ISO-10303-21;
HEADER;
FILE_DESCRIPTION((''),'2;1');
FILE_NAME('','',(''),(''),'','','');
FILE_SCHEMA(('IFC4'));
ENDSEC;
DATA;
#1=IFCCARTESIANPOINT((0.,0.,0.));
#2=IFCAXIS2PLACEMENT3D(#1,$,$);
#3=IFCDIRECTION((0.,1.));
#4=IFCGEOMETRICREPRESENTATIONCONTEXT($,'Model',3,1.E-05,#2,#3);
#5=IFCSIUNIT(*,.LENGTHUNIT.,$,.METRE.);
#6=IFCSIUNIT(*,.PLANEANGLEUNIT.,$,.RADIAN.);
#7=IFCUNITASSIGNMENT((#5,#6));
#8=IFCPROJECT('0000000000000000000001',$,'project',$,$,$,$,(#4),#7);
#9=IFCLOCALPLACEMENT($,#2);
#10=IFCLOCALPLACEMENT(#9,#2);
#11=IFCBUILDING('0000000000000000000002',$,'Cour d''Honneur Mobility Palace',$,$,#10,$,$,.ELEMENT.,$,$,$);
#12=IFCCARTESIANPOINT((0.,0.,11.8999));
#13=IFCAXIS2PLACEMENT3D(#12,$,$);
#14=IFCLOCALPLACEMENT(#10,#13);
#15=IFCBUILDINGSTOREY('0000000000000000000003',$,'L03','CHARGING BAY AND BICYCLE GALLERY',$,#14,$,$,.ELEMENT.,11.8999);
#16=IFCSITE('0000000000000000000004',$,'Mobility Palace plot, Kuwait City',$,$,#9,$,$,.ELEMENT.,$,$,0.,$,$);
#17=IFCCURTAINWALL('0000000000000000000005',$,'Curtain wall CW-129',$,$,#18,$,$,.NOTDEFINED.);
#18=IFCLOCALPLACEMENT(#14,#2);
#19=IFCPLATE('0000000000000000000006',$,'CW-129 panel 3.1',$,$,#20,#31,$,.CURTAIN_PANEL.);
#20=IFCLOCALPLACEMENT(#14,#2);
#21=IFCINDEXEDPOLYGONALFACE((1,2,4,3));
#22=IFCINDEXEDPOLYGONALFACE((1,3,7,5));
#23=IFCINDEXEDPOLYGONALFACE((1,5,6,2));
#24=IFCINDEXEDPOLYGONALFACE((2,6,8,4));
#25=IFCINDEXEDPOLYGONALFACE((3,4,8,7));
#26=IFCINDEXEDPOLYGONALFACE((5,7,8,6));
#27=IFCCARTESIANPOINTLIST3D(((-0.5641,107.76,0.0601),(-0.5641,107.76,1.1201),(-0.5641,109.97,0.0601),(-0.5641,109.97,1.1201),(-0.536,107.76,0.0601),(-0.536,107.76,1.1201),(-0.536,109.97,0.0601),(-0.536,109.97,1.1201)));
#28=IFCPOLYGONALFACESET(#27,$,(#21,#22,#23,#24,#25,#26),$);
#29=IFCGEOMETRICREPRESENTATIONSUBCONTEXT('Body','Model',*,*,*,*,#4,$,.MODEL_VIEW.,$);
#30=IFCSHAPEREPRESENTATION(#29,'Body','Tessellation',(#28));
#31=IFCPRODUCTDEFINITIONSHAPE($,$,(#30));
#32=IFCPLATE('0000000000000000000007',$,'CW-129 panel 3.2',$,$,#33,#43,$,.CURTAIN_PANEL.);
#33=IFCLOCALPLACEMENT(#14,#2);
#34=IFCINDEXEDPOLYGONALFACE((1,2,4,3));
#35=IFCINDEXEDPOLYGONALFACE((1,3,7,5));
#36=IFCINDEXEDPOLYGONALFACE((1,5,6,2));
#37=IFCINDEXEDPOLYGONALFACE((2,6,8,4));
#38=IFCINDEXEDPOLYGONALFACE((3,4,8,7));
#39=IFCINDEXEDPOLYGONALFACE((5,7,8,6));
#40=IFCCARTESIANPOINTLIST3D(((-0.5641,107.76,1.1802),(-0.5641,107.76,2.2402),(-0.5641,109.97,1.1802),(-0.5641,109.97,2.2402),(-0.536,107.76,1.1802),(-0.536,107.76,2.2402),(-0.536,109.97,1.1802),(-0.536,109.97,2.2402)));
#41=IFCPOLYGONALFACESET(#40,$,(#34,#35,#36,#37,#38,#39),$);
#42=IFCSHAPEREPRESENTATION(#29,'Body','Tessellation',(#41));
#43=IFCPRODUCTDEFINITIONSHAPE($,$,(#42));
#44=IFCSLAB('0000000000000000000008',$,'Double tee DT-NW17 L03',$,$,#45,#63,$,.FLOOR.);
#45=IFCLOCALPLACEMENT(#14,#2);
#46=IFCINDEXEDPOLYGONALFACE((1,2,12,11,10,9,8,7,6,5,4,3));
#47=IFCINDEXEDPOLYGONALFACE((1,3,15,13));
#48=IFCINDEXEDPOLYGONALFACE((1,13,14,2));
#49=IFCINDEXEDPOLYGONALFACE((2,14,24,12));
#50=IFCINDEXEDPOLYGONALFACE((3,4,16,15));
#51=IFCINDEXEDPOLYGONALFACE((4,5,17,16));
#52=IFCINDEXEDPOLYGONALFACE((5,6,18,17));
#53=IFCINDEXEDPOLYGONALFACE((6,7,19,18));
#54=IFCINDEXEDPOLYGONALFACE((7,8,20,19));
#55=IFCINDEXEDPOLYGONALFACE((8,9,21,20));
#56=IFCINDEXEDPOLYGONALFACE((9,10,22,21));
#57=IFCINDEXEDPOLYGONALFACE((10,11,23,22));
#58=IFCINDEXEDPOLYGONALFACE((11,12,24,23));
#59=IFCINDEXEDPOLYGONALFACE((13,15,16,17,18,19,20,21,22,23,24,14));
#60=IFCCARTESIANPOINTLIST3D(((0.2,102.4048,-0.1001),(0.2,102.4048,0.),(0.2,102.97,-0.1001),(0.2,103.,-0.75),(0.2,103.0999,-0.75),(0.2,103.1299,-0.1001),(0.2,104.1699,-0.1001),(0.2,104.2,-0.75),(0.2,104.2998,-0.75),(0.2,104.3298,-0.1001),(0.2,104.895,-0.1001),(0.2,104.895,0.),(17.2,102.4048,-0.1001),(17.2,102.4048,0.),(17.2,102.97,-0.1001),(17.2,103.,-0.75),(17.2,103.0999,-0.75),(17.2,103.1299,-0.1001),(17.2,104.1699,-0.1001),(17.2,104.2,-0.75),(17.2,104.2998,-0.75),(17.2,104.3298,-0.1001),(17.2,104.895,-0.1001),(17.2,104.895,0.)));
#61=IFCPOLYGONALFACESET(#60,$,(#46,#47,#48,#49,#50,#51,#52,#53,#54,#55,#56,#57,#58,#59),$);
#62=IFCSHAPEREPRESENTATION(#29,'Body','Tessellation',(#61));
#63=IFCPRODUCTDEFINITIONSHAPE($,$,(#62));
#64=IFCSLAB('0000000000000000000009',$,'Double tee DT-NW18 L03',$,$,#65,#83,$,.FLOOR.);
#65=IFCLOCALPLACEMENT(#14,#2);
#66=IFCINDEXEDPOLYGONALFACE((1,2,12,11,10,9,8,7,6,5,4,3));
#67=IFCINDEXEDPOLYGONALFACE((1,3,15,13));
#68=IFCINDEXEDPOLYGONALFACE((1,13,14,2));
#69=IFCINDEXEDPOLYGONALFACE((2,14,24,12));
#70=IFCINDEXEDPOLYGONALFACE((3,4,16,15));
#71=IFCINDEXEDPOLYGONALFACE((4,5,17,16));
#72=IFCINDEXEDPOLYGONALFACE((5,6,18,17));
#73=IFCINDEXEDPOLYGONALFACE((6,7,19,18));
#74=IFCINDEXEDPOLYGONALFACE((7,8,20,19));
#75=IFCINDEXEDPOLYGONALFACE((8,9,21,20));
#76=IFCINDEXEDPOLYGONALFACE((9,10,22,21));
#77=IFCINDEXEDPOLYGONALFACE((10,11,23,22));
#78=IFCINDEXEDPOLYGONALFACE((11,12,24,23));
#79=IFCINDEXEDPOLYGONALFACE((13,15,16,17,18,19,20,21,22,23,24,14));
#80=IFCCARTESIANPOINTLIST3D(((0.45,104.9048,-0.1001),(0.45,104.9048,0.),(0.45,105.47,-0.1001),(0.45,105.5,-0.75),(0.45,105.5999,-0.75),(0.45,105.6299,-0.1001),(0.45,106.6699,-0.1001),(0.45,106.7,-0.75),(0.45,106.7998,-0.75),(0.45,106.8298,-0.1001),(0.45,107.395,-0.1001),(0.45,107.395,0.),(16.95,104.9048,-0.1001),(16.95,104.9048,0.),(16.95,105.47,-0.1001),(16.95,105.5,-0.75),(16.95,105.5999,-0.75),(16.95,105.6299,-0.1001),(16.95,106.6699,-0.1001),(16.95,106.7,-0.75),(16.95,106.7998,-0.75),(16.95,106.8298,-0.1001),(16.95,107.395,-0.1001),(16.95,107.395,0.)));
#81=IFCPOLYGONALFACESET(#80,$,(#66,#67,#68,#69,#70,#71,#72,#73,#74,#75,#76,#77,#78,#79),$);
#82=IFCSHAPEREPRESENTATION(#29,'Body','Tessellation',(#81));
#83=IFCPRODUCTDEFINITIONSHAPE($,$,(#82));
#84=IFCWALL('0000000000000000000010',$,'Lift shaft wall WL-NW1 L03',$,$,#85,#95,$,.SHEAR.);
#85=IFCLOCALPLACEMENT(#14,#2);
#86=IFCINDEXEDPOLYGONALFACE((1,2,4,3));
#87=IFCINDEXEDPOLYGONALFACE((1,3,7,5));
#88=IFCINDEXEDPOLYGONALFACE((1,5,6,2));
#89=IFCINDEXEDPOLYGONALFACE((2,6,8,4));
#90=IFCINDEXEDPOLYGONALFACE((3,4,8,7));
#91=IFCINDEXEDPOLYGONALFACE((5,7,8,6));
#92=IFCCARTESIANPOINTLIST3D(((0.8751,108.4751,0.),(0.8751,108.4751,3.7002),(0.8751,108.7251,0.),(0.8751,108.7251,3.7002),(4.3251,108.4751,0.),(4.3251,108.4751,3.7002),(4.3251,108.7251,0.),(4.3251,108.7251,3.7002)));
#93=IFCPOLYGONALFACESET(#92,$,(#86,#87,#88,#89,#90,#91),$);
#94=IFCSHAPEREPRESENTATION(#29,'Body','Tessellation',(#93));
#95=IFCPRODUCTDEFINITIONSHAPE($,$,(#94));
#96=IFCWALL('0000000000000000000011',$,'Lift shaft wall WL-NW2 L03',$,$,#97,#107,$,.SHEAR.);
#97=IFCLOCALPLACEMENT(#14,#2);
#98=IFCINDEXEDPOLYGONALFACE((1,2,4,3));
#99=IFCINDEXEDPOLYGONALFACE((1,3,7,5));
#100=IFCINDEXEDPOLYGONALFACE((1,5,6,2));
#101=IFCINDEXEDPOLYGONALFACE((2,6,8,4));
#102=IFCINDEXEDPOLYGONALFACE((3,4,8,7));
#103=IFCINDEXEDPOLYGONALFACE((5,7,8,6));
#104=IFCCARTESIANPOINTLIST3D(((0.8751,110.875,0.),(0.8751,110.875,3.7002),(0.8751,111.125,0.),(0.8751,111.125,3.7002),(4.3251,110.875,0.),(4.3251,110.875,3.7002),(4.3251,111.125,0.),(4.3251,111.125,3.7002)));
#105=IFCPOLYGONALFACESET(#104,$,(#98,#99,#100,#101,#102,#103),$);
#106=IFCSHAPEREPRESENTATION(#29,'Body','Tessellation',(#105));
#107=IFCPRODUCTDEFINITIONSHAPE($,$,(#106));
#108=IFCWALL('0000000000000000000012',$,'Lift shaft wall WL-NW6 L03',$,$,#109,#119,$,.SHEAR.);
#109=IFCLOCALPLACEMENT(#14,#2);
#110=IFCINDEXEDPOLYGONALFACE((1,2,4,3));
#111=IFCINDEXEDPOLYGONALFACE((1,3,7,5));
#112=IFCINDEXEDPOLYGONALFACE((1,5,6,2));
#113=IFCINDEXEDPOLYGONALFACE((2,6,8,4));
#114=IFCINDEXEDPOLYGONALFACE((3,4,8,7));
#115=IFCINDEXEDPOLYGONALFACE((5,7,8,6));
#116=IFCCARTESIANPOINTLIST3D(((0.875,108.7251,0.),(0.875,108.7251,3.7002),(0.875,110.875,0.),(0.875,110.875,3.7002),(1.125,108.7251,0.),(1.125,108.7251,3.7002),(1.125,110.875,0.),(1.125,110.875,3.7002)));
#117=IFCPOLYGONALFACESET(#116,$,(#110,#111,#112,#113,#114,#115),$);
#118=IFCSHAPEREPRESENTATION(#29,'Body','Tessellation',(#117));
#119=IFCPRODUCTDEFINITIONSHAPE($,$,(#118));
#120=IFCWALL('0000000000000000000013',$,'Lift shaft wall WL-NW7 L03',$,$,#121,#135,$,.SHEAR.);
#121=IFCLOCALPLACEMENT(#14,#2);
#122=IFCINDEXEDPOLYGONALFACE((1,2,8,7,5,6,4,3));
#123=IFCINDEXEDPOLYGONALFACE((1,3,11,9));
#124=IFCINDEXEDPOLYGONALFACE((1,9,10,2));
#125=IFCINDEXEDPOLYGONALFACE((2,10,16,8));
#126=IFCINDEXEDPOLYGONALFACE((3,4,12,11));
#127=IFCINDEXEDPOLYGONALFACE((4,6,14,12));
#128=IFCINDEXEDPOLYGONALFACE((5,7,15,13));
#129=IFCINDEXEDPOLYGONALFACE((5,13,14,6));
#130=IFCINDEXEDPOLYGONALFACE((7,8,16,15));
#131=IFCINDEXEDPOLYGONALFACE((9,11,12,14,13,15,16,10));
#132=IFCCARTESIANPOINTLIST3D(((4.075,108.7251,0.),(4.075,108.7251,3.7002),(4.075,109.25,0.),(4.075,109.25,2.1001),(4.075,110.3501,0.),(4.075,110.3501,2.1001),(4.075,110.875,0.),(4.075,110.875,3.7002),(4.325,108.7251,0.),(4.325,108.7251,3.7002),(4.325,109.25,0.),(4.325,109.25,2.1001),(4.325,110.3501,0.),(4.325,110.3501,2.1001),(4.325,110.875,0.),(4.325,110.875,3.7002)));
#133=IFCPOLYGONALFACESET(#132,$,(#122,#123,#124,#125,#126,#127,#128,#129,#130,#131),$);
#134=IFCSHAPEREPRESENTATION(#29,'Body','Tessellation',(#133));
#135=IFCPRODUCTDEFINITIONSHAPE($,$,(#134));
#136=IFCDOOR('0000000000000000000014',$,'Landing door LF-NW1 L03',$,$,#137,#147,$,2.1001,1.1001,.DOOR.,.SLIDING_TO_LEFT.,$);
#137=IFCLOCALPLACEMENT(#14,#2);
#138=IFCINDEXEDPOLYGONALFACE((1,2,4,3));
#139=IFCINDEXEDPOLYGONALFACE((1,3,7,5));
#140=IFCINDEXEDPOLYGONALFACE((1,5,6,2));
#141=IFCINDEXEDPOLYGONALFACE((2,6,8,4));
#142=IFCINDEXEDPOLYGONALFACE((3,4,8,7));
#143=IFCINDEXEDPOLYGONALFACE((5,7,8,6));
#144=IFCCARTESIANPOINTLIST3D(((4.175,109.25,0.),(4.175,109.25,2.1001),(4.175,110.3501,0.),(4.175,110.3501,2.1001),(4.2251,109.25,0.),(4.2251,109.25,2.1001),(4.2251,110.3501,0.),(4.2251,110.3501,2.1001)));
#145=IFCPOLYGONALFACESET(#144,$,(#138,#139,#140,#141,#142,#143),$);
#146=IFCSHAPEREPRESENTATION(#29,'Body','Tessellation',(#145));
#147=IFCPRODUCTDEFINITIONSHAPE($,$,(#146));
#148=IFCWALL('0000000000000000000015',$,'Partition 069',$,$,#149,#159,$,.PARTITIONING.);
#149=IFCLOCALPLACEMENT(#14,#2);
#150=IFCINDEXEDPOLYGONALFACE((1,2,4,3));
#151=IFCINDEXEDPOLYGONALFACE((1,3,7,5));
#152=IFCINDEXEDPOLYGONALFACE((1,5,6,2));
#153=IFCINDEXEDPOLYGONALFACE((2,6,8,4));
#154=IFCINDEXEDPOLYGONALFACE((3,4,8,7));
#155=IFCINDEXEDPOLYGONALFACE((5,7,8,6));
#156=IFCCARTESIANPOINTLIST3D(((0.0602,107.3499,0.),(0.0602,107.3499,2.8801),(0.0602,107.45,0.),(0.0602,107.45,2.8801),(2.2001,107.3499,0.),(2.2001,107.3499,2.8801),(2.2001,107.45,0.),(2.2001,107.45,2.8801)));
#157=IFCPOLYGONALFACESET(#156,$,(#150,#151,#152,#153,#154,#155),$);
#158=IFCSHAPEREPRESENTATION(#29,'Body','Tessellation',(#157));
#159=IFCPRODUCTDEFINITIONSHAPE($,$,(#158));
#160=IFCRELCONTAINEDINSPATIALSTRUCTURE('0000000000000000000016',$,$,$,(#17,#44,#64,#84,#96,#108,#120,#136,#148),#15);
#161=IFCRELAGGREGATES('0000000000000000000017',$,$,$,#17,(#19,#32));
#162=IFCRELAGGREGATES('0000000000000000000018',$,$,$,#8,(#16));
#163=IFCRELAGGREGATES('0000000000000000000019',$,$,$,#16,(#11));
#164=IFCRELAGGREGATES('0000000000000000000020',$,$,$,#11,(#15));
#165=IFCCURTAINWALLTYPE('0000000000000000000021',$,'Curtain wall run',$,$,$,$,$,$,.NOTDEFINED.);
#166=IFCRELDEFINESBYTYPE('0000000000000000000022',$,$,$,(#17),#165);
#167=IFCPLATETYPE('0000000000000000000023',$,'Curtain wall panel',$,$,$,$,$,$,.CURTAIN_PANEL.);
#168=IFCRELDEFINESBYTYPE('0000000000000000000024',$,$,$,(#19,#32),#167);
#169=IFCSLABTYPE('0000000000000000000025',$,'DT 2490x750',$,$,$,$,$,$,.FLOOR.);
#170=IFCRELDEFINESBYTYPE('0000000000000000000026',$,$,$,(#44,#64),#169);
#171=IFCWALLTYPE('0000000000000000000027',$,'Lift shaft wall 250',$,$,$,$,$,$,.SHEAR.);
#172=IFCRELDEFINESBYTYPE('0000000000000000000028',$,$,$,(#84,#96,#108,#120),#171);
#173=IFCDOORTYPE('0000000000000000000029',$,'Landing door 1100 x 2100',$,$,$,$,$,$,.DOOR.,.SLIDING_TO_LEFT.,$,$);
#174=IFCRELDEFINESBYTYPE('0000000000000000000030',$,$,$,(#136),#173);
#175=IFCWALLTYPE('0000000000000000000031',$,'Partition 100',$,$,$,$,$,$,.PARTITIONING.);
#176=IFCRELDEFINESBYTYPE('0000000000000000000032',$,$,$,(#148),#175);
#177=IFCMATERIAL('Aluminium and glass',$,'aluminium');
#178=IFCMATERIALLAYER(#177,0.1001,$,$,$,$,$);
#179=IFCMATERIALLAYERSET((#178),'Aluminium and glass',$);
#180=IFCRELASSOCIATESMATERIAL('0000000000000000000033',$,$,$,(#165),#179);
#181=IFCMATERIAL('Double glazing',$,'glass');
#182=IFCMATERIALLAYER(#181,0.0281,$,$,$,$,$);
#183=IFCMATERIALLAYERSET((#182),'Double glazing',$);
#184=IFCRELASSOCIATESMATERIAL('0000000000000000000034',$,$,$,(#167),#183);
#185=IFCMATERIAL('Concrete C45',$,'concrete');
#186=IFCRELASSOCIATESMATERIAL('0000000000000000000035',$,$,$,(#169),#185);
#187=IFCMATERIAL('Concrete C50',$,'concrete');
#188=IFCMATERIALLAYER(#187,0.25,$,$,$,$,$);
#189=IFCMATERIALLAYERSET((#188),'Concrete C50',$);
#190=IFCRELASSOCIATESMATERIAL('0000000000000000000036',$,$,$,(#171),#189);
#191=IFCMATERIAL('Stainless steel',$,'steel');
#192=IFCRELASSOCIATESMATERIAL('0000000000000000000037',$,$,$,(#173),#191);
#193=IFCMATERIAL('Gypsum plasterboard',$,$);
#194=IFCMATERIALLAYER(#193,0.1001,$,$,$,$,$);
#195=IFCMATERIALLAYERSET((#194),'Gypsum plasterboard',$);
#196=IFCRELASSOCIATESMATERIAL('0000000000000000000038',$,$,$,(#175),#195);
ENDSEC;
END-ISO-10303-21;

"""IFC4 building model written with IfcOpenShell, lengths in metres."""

from ifc_helpers import new_model, si_unit, direction, frame, frame_2d, origin, origin_2d, place, context, subcontext, project, spatial, polyline, rectangle, outline, extrude, material, layer, layer_set, material_profile, profile_set, type_object, element, fill, aggregate, save


model = new_model("IFC4")

# Units and contexts
model_context = context("Model", 3, precision=1e-05, world=origin(), true_north=direction((0.0, 1.0)))
body_context = subcontext(model_context, "Body", "Model", "MODEL_VIEW")
ifc_project = project(units=[si_unit("LENGTHUNIT", "METRE"), si_unit("PLANEANGLEUNIT", "RADIAN")], contexts=[model_context])

# Site, building, storey
site_placement = place(None, origin())
site = spatial("IfcSite", under=ifc_project, at=site_placement, Name="Mobility Palace plot, Kuwait City", CompositionType="ELEMENT", RefElevation=0.0)
building_placement = place(site_placement, origin())
building = spatial("IfcBuilding", under=site, at=building_placement, Name="Cour d'Honneur Mobility Palace", CompositionType="ELEMENT")
storey_placement = place(building_placement, frame((0.0, 0.0, 11.8999)))
storey = spatial("IfcBuildingStorey", under=building, at=storey_placement, Name="L03", Description="CHARGING BAY AND BICYCLE GALLERY", CompositionType="ELEMENT", Elevation=11.8999)

# Curtain wall
ifc_material_1 = material(Name="Aluminium and glass", Category="aluminium")
ifc_layer_1 = layer(ifc_material_1, 0.1001)
ifc_layer_set_1 = layer_set([ifc_layer_1], Name="Aluminium and glass")
curtain_wall_type = type_object("IfcCurtainWallType", Name="Curtain wall run", PredefinedType="NOTDEFINED", material=ifc_layer_set_1)
curtain_wall_placement = place(storey_placement, origin())
curtain_wall = element("IfcCurtainWall", 1, at=curtain_wall_placement, inside=storey, type_object=curtain_wall_type, Name="Curtain wall CW-129", PredefinedType="NOTDEFINED")

# Plates
ifc_material_2 = material(Name="Double glazing", Category="glass")
ifc_layer_2 = layer(ifc_material_2, 0.0281)
ifc_layer_set_2 = layer_set([ifc_layer_2], Name="Double glazing")
plate_type = type_object("IfcPlateType", Name="Curtain wall panel", PredefinedType="CURTAIN_PANEL", material=ifc_layer_set_2)
plate_1_placement = place(storey_placement, frame((-0.55, 108.865, 0.0601), z_axis=(0.0, 0.0, 1.0), x_axis=(0.0, -1.0, 0.0)))
plate_1 = element("IfcPlate", 2, at=plate_1_placement, type_object=plate_type, Name="CW-129 panel 3.1", PredefinedType="CURTAIN_PANEL", context=body_context, shape_type="SweptSolid", body=[
    extrude(rectangle(XDim=2.21, YDim=0.0281, at=origin_2d()), origin(), (0.0, 0.0, 1.0), 1.0601),
])
plate_2_placement = place(storey_placement, frame((-0.55, 108.865, 1.1802), z_axis=(0.0, 0.0, 1.0), x_axis=(0.0, -1.0, 0.0)))
plate_2 = element("IfcPlate", 3, at=plate_2_placement, type_object=plate_type, Name="CW-129 panel 3.2", PredefinedType="CURTAIN_PANEL", context=body_context, shape_type="SweptSolid", body=[
    extrude(rectangle(XDim=2.21, YDim=0.0281, at=origin_2d()), origin(), (0.0, 0.0, 1.0), 1.0601),
])
aggregate(curtain_wall, [plate_1, plate_2])

# Slabs
ifc_material_3 = material(Name="Concrete C45", Category="concrete")
ifc_material_profile_1 = material_profile(ifc_material_3, outline(polyline([(-1.2451, 0.0), (1.2451, 0.0), (1.2451, -0.1001), (0.6799, -0.1001), (0.6499, -0.75), (0.55, -0.75), (0.52, -0.1001), (-0.52, -0.1001), (-0.55, -0.75), (-0.6499, -0.75), (-0.6799, -0.1001), (-1.2451, -0.1001), (-1.2451, 0.0)])), Name="DT 2490x750")
ifc_profile_set_1 = profile_set([ifc_material_profile_1], Name="Concrete C45")
slab_type = type_object("IfcSlabType", Name="DT 2490x750", PredefinedType="FLOOR", material=ifc_profile_set_1)
slab_1_placement = place(storey_placement, frame((0.2, 103.6499, 0.0), z_axis=(1.0, 0.0, 0.0), x_axis=(0.0, 1.0, 0.0)))
element("IfcSlab", 4, at=slab_1_placement, inside=storey, type_object=slab_type, Name="Double tee DT-NW17 L03", PredefinedType="FLOOR", context=body_context, shape_type="SweptSolid", body=[
    extrude(outline(polyline([(-1.2451, 0.0), (1.2451, 0.0), (1.2451, -0.1001), (0.6799, -0.1001), (0.6499, -0.75), (0.55, -0.75), (0.52, -0.1001), (-0.52, -0.1001), (-0.55, -0.75), (-0.6499, -0.75), (-0.6799, -0.1001), (-1.2451, -0.1001), (-1.2451, 0.0)])), origin(), (0.0, 0.0, 1.0), 17.0),
])
slab_2_placement = place(storey_placement, frame((0.45, 106.1499, 0.0), z_axis=(1.0, 0.0, 0.0), x_axis=(0.0, 1.0, 0.0)))
element("IfcSlab", 5, at=slab_2_placement, inside=storey, type_object=slab_type, Name="Double tee DT-NW18 L03", PredefinedType="FLOOR", context=body_context, shape_type="SweptSolid", body=[
    extrude(outline(polyline([(-1.2451, 0.0), (1.2451, 0.0), (1.2451, -0.1001), (0.6799, -0.1001), (0.6499, -0.75), (0.55, -0.75), (0.52, -0.1001), (-0.52, -0.1001), (-0.55, -0.75), (-0.6499, -0.75), (-0.6799, -0.1001), (-1.2451, -0.1001), (-1.2451, 0.0)])), origin(), (0.0, 0.0, 1.0), 16.5),
])

# Walls
ifc_material_4 = material(Name="Concrete C50", Category="concrete")
ifc_layer_3 = layer(ifc_material_4, 0.25)
ifc_layer_set_3 = layer_set([ifc_layer_3], Name="Concrete C50")
wall_type_1 = type_object("IfcWallType", Name="Lift shaft wall 250", PredefinedType="SHEAR", material=ifc_layer_set_3)
for number, where, z_axis, x_axis, name in (
    (6, (0.875, 108.6001, 0.0), (0.0, 0.0, 1.0), (1.0, 0.0, 0.0), "Lift shaft wall WL-NW1 L03"),
    (7, (0.875, 111.0, 0.0), (0.0, 0.0, 1.0), (1.0, 0.0, 0.0), "Lift shaft wall WL-NW2 L03"),
):
    element("IfcWall", number, at=place(storey_placement, frame(where, z_axis=z_axis, x_axis=x_axis)), inside=storey, type_object=wall_type_1, Name=name, PredefinedType="SHEAR", context=body_context, shape_type="SweptSolid", body=[
        extrude(rectangle(XDim=3.45, YDim=0.25, at=frame_2d((1.7251, 0.0))), origin(), (0.0, 0.0, 1.0), 3.7002),
    ])
wall_1_placement = place(storey_placement, frame((1.0, 108.7251, 0.0), z_axis=(0.0, 0.0, 1.0), x_axis=(0.0, 1.0, 0.0)))
element("IfcWall", 8, at=wall_1_placement, inside=storey, type_object=wall_type_1, Name="Lift shaft wall WL-NW6 L03", PredefinedType="SHEAR", context=body_context, shape_type="SweptSolid", body=[
    extrude(rectangle(XDim=2.1499, YDim=0.25, at=frame_2d((1.075, 0.0))), origin(), (0.0, 0.0, 1.0), 3.7002),
])

# Wall, opening, door
wall_2_placement = place(storey_placement, frame((4.2, 108.7251, 0.0), z_axis=(0.0, 0.0, 1.0), x_axis=(0.0, 1.0, 0.0)))
wall_2 = element("IfcWall", 9, at=wall_2_placement, inside=storey, type_object=wall_type_1, Name="Lift shaft wall WL-NW7 L03", PredefinedType="SHEAR", context=body_context, shape_type="SweptSolid", body=[
    extrude(rectangle(XDim=2.1499, YDim=0.25, at=frame_2d((1.075, 0.0))), origin(), (0.0, 0.0, 1.0), 3.7002),
])
opening_1_placement = place(wall_2_placement, frame((0.5249, 0.0, 0.0)))
opening_1 = element("IfcOpeningElement", 10, at=opening_1_placement, cuts=wall_2, PredefinedType="OPENING", context=body_context, shape_type="SweptSolid", body=[
    extrude(rectangle(XDim=1.1001, YDim=2.1001, at=frame_2d((0.55, 1.05))), frame((0.0, 0.135, 0.0), z_axis=(0.0, -1.0, 0.0), x_axis=(1.0, 0.0, 0.0)), (0.0, 0.0, 1.0), 0.27),
])
ifc_material_5 = material(Name="Stainless steel", Category="steel")
door_type = type_object("IfcDoorType", Name="Landing door 1100 x 2100", OperationType="SLIDING_TO_LEFT", PredefinedType="DOOR", material=ifc_material_5)
door_placement = place(opening_1_placement, origin())
door = element("IfcDoor", 11, at=door_placement, inside=storey, type_object=door_type, Name="Landing door LF-NW1 L03", OperationType="SLIDING_TO_LEFT", OverallHeight=2.1001, OverallWidth=1.1001, PredefinedType="DOOR", context=body_context, shape_type="SweptSolid", body=[
    extrude(rectangle(XDim=1.1001, YDim=2.1001, at=frame_2d((0.55, 1.05))), frame((0.0, 0.0249, 0.0), z_axis=(0.0, -1.0, 0.0), x_axis=(1.0, 0.0, 0.0)), (0.0, 0.0, 1.0), 0.05),
])
fill(opening_1, door)

# Wall
ifc_material_6 = material(Name="Gypsum plasterboard")
ifc_layer_4 = layer(ifc_material_6, 0.1001)
ifc_layer_set_4 = layer_set([ifc_layer_4], Name="Gypsum plasterboard")
wall_type_2 = type_object("IfcWallType", Name="Partition 100", PredefinedType="PARTITIONING", material=ifc_layer_set_4)
wall_3_placement = place(storey_placement, frame((2.2, 107.3999, 0.0), z_axis=(0.0, 0.0, 1.0), x_axis=(-1.0, 0.0, 0.0)))
element("IfcWall", 12, at=wall_3_placement, inside=storey, type_object=wall_type_2, Name="Partition 069", PredefinedType="PARTITIONING", context=body_context, shape_type="SweptSolid", body=[
    extrude(rectangle(XDim=2.1399, YDim=0.1001, at=frame_2d((1.0698, 0.0))), origin(), (0.0, 0.0, 1.0), 2.8801),
])

save(model, "model.ifc")
